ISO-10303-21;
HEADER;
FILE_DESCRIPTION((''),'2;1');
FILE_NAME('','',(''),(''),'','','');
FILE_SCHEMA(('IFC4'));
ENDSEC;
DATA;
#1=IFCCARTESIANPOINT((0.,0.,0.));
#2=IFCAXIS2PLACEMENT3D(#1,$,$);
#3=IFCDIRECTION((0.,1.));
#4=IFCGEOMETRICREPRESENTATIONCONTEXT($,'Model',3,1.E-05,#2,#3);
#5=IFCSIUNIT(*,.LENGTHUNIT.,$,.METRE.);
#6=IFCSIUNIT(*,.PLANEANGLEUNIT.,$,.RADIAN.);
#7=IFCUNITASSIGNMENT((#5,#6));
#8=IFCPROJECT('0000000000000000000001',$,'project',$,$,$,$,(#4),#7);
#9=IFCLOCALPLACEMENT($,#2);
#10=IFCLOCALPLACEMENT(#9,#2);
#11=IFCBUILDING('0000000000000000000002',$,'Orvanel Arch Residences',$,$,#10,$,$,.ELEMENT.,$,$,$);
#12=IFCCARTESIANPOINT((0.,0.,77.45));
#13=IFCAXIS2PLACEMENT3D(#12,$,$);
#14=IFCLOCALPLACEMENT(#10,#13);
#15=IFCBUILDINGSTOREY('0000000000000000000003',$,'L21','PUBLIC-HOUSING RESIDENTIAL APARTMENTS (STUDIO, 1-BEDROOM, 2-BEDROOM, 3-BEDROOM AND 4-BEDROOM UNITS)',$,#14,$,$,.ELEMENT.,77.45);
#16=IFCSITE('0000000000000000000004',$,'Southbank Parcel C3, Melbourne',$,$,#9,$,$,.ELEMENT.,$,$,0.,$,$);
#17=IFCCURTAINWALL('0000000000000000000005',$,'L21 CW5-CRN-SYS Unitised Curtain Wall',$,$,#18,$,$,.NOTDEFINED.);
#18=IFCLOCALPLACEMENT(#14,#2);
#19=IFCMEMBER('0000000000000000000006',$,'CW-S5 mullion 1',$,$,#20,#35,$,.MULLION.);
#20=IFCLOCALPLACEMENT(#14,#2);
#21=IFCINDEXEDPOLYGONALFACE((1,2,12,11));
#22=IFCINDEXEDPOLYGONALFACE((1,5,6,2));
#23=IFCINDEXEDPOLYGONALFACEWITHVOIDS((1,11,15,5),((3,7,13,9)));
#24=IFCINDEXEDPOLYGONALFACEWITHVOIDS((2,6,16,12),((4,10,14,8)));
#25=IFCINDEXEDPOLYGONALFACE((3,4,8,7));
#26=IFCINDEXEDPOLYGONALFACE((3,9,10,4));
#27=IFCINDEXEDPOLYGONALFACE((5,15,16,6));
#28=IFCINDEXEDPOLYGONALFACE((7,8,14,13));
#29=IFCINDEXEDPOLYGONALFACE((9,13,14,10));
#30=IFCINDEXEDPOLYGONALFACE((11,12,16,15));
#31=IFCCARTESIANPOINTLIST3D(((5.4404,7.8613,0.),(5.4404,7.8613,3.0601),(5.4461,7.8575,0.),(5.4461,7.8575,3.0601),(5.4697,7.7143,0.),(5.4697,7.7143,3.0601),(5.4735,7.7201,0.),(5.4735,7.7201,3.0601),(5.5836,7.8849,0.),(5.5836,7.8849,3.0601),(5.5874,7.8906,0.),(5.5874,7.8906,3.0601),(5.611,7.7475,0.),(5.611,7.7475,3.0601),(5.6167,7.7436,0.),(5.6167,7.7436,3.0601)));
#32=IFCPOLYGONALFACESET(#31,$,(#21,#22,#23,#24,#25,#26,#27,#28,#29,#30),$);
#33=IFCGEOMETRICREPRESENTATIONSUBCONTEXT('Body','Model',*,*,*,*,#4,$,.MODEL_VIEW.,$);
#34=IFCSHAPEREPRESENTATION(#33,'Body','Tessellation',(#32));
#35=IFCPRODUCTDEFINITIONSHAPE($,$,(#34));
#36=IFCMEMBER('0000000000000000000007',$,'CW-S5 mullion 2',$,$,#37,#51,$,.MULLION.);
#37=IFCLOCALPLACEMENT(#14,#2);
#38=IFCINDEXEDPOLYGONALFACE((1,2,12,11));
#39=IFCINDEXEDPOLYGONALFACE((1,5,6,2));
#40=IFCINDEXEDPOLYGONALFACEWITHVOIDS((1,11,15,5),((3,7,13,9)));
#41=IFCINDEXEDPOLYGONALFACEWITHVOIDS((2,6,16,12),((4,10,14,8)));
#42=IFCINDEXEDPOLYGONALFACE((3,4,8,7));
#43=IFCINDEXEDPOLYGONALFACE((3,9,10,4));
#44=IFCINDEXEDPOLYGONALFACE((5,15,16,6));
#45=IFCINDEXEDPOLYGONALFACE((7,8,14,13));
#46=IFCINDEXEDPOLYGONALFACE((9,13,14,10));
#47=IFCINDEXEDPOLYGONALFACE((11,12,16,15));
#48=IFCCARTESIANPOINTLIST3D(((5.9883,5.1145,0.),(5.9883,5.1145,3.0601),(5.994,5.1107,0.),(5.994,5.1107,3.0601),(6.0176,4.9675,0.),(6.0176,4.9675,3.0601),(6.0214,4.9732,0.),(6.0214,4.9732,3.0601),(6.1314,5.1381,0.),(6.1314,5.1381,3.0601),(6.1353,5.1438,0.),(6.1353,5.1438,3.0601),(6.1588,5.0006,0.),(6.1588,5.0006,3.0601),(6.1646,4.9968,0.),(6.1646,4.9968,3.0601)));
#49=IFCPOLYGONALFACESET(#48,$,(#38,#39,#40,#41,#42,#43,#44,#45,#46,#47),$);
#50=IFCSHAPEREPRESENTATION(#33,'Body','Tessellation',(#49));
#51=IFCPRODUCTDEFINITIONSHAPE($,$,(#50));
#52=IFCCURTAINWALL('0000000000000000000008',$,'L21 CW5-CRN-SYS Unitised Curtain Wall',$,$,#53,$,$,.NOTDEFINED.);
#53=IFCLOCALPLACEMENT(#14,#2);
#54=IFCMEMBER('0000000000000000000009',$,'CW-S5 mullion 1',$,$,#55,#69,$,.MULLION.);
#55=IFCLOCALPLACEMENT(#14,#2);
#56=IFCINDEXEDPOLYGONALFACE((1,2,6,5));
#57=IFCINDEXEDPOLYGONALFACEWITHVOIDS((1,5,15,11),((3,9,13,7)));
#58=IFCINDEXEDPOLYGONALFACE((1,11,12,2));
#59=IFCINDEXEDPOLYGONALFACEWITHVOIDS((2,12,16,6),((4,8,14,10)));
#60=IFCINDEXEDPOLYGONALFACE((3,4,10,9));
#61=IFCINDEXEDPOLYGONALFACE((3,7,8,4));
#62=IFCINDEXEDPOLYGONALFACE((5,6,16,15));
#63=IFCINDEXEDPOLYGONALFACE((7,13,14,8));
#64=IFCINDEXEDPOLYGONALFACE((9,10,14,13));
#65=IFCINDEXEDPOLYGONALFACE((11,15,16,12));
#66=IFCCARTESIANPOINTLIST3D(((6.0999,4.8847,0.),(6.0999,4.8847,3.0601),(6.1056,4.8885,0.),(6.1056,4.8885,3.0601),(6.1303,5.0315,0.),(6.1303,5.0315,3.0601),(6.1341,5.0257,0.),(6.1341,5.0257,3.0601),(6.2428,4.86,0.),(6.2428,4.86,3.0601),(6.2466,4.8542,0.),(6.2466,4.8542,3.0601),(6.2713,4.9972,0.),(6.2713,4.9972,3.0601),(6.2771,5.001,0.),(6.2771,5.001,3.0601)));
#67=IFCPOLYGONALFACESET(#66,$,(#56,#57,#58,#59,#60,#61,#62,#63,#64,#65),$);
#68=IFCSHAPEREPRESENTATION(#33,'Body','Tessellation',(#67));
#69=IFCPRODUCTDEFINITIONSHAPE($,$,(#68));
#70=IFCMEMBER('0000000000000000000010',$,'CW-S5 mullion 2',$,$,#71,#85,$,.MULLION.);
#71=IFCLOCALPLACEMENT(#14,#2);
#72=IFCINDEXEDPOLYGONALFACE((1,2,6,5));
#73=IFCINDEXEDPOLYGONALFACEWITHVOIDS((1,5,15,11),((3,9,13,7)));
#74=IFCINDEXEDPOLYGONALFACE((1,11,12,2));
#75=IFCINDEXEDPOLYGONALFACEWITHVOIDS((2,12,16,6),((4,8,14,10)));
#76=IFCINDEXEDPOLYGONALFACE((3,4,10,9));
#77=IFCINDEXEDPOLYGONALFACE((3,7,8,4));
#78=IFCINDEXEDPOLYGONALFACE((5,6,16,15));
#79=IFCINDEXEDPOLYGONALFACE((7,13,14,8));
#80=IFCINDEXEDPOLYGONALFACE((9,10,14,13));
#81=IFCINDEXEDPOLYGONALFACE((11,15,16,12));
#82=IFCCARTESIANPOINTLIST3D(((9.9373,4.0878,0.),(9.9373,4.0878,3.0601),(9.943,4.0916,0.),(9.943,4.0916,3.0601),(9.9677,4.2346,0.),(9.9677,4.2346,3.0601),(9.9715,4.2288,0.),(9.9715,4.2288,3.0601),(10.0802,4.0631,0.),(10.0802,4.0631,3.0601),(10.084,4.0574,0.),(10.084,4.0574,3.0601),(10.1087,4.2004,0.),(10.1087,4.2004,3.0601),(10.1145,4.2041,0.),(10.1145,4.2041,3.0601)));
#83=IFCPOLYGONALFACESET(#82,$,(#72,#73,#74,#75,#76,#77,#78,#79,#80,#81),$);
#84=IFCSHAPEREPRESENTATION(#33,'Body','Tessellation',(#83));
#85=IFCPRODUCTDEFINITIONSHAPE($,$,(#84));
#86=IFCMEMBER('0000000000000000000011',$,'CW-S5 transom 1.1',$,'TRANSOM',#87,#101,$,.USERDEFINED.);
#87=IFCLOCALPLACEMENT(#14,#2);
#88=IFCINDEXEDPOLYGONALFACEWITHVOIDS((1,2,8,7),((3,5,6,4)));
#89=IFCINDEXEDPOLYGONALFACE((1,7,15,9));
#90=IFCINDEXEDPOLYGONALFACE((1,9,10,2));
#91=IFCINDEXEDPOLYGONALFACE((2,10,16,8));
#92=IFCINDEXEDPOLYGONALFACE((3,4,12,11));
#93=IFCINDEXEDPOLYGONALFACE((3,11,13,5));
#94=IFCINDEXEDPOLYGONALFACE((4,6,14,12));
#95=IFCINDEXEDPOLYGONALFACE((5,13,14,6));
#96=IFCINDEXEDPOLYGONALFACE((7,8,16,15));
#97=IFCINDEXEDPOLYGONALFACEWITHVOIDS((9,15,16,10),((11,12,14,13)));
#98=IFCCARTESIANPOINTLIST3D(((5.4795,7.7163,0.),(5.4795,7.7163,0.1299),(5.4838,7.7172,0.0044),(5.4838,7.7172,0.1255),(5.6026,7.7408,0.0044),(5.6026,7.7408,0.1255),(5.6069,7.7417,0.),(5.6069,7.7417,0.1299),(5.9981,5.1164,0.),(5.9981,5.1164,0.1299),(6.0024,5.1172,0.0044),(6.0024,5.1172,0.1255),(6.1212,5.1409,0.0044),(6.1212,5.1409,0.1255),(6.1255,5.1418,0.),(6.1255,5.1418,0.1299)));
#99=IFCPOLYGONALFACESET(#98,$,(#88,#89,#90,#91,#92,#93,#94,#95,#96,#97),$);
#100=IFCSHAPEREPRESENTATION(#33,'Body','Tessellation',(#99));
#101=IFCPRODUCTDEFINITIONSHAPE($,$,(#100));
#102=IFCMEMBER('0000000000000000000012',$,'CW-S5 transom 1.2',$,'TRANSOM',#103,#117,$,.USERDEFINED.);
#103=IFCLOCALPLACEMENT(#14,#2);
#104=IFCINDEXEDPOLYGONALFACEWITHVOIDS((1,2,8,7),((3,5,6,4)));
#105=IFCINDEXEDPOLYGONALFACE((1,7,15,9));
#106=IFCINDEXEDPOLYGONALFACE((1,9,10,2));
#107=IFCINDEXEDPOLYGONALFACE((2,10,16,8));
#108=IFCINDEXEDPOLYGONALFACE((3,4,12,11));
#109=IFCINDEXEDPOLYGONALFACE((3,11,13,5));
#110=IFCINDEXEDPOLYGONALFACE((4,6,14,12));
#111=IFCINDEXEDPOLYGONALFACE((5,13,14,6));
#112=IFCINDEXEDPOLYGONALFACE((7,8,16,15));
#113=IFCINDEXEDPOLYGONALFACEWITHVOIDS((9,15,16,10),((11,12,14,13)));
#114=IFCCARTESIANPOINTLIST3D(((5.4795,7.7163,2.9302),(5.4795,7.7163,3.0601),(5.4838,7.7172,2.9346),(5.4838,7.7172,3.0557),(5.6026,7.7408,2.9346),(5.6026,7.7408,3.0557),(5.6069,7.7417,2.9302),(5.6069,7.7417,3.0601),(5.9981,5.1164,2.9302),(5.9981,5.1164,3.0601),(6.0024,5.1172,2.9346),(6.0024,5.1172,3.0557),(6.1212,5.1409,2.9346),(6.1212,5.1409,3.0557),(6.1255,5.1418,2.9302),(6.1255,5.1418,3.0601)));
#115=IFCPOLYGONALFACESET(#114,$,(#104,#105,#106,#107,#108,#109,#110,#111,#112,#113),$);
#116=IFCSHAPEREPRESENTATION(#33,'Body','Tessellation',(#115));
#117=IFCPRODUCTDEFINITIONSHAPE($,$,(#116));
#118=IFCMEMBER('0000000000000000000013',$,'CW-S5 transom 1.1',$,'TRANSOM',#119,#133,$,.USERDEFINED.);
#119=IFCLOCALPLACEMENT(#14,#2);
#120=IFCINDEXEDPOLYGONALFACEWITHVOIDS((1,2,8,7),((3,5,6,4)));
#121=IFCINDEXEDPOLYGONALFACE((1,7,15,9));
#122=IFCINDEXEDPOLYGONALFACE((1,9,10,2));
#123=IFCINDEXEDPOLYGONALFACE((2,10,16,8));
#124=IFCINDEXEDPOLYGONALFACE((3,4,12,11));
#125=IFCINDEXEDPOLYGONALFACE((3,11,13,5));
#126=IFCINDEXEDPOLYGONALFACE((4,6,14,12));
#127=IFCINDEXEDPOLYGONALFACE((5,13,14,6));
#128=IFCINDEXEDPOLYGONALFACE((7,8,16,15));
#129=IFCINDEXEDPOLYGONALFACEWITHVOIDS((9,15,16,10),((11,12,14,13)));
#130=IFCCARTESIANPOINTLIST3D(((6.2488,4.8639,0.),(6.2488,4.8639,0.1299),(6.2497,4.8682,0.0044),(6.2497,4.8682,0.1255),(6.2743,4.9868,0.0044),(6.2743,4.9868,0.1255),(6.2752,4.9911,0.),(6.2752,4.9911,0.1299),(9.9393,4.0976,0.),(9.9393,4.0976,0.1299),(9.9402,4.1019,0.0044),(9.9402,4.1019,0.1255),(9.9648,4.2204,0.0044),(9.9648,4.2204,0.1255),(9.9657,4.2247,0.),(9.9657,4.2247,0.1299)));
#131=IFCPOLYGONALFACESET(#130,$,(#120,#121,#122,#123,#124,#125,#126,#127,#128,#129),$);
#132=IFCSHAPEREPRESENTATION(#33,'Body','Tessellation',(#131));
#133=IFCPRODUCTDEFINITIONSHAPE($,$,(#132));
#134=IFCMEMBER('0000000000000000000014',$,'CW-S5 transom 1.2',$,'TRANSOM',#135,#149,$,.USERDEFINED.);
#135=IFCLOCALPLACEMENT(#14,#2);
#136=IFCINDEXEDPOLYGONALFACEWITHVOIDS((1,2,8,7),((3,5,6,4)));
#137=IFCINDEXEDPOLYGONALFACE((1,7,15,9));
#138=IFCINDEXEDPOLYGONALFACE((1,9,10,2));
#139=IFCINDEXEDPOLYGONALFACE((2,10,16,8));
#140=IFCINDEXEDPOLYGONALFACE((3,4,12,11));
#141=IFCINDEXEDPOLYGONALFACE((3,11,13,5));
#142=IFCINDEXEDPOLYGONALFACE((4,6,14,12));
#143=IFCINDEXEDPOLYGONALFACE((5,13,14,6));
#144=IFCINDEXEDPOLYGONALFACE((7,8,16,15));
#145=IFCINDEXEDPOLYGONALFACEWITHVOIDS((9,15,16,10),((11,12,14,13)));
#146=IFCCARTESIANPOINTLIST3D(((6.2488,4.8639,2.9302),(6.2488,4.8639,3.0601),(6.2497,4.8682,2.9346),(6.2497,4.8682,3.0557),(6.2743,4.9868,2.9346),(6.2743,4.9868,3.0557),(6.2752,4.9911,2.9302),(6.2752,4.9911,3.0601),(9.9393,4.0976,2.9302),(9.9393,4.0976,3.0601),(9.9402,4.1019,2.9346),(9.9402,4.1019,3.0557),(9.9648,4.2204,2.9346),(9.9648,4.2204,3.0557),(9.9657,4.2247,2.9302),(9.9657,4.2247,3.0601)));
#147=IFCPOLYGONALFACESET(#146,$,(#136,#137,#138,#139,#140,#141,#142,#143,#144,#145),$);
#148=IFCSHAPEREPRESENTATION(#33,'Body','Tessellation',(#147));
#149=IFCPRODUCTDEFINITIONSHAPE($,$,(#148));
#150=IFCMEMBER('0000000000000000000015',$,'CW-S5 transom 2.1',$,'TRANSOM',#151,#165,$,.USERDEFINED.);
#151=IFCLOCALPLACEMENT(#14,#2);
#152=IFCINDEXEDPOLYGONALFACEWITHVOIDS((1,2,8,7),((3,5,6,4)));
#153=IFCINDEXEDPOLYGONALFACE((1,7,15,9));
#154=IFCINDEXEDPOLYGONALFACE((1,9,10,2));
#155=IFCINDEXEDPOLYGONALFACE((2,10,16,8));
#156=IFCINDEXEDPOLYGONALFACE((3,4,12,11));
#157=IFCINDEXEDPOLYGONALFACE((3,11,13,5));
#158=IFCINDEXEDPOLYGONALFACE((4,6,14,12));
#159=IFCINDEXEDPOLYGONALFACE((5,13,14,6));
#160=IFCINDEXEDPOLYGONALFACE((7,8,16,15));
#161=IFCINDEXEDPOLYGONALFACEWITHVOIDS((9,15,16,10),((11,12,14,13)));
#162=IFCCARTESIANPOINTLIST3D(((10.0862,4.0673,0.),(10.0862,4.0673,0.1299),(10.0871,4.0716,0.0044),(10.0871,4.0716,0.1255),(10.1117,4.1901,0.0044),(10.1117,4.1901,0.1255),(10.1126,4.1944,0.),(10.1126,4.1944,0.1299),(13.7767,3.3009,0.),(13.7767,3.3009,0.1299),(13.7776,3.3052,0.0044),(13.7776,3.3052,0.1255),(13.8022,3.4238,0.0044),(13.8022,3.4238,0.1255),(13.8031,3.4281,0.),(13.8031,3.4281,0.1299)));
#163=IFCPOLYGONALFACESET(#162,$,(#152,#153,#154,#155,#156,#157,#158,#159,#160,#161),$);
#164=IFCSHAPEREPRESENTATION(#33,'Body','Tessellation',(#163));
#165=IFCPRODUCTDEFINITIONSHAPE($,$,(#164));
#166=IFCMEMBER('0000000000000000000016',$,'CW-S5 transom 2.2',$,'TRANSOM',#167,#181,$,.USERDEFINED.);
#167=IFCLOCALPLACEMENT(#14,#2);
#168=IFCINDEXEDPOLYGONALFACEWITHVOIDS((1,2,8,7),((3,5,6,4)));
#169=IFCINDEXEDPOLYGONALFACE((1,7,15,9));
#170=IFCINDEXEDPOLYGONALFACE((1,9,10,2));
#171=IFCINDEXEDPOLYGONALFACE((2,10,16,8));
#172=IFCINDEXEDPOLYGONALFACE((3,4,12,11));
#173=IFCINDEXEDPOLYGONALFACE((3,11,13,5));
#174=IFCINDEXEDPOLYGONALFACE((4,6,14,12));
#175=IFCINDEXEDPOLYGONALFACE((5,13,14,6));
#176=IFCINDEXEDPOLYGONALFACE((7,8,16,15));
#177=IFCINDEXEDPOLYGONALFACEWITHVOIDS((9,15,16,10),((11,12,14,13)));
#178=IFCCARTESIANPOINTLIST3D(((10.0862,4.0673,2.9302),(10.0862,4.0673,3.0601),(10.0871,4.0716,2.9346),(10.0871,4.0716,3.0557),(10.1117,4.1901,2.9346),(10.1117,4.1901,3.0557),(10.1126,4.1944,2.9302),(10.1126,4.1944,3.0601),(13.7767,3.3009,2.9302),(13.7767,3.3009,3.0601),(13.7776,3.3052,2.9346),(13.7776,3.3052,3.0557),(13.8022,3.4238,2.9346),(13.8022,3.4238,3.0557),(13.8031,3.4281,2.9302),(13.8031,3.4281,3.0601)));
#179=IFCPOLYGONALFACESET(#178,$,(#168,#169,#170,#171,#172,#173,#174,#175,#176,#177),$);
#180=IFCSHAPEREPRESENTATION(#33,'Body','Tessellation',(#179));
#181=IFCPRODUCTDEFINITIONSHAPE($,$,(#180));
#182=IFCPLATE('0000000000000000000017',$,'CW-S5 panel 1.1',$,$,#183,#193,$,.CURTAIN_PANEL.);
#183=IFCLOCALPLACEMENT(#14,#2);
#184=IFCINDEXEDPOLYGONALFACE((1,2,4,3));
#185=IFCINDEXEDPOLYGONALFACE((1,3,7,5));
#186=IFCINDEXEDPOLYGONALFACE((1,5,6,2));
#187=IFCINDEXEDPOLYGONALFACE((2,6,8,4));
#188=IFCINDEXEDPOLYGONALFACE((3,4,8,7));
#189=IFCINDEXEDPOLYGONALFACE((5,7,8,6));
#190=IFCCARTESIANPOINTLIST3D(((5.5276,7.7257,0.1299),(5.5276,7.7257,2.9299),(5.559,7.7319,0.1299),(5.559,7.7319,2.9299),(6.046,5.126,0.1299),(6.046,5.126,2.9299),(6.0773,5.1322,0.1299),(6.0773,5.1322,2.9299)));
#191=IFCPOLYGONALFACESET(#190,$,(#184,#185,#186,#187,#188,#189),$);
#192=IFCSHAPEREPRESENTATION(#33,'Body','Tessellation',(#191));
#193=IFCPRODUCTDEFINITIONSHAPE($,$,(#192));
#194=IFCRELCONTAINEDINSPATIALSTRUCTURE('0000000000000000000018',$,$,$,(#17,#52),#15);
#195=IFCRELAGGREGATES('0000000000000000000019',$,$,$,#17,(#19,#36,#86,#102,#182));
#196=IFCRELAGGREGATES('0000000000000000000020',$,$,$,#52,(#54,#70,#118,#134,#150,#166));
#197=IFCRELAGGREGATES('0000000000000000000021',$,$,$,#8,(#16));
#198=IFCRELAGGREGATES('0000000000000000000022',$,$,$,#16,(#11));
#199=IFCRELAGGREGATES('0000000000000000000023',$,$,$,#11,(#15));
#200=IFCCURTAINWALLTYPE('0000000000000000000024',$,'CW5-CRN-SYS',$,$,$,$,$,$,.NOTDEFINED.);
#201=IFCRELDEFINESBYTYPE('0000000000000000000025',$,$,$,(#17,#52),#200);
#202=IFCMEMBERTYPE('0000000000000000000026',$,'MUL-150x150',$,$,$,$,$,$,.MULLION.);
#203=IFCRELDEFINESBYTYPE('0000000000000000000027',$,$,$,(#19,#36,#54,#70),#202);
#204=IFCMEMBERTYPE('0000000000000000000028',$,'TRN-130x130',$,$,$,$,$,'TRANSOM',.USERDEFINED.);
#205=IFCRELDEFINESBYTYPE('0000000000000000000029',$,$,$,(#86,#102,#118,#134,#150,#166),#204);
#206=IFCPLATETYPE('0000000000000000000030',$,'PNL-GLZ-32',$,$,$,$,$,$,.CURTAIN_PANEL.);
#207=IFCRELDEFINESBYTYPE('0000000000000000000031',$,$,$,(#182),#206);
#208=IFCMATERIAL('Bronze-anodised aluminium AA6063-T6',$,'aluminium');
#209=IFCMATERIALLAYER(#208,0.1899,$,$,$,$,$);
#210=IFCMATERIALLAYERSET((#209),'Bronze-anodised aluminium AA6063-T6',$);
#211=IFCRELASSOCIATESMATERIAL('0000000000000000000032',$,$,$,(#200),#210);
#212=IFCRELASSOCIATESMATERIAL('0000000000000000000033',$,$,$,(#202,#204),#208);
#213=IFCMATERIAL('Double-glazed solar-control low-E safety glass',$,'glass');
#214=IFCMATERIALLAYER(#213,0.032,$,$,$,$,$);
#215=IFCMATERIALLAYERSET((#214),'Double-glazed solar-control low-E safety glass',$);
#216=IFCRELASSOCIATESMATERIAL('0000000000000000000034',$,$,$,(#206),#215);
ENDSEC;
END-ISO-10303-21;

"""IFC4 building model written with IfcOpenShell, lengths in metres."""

from ifc_helpers import new_model, si_unit, direction, frame, origin, origin_2d, place, context, subcontext, project, spatial, rectangle, hollow_rectangle, extrude, material, layer, layer_set, material_profile, profile_set, type_object, element, aggregate, save


model = new_model("IFC4")

# Units and contexts
model_context = context("Model", 3, precision=1e-05, world=origin(), true_north=direction((0.0, 1.0)))
body_context = subcontext(model_context, "Body", "Model", "MODEL_VIEW")
ifc_project = project(units=[si_unit("LENGTHUNIT", "METRE"), si_unit("PLANEANGLEUNIT", "RADIAN")], contexts=[model_context])

# Site, building, storey
site_placement = place(None, origin())
site = spatial("IfcSite", under=ifc_project, at=site_placement, Name="Southbank Parcel C3, Melbourne", CompositionType="ELEMENT", RefElevation=0.0)
building_placement = place(site_placement, origin())
building = spatial("IfcBuilding", under=site, at=building_placement, Name="Orvanel Arch Residences", CompositionType="ELEMENT")
storey_placement = place(building_placement, frame((0.0, 0.0, 77.45)))
storey = spatial("IfcBuildingStorey", under=building, at=storey_placement, Name="L21", Description="PUBLIC-HOUSING RESIDENTIAL APARTMENTS (STUDIO, 1-BEDROOM, 2-BEDROOM, 3-BEDROOM AND 4-BEDROOM UNITS)", CompositionType="ELEMENT", Elevation=77.45)

# Curtain walls, members
ifc_material_1 = material(Name="Bronze-anodised aluminium AA6063-T6", Category="aluminium")
ifc_layer_1 = layer(ifc_material_1, 0.1899)
ifc_layer_set_1 = layer_set([ifc_layer_1], Name="Bronze-anodised aluminium AA6063-T6")
curtain_wall_type = type_object("IfcCurtainWallType", Name="CW5-CRN-SYS", PredefinedType="NOTDEFINED", material=ifc_layer_set_1)
curtain_wall_1_placement = place(storey_placement, origin())
curtain_wall_1 = element("IfcCurtainWall", 1, at=curtain_wall_1_placement, inside=storey, type_object=curtain_wall_type, Name="L21 CW5-CRN-SYS Unitised Curtain Wall", PredefinedType="NOTDEFINED")
ifc_material_profile_1 = material_profile(ifc_material_1, hollow_rectangle(XDim=0.1499, YDim=0.1499, WallThickness=0.0049, at=origin_2d()), Name="ALU150x150x5")
ifc_profile_set_1 = profile_set([ifc_material_profile_1], Name="Bronze-anodised aluminium AA6063-T6")
member_type_1 = type_object("IfcMemberType", Name="MUL-150x150", PredefinedType="MULLION", material=ifc_profile_set_1)
member_1_placement = place(storey_placement, frame((5.5286, 7.8025, 0.0), z_axis=(0.0, 0.0, 1.0), x_axis=(0.980698, 0.19553, 0.0)))
member_1 = element("IfcMember", 2, at=member_1_placement, type_object=member_type_1, Name="CW-S5 mullion 1", PredefinedType="MULLION", context=body_context, shape_type="SweptSolid", body=[
    extrude(hollow_rectangle(XDim=0.1499, YDim=0.1499, WallThickness=0.0049, at=origin_2d()), origin(), (0.0, 0.0, 1.0), 3.0601),
])
member_2_placement = place(storey_placement, frame((6.0764, 5.0557, 0.0), z_axis=(0.0, 0.0, 1.0), x_axis=(0.980698, 0.19553, 0.0)))
member_2 = element("IfcMember", 3, at=member_2_placement, type_object=member_type_1, Name="CW-S5 mullion 2", PredefinedType="MULLION", context=body_context, shape_type="SweptSolid", body=[
    extrude(hollow_rectangle(XDim=0.1499, YDim=0.1499, WallThickness=0.0049, at=origin_2d()), origin(), (0.0, 0.0, 1.0), 3.0601),
])
curtain_wall_2_placement = place(storey_placement, origin())
curtain_wall_2 = element("IfcCurtainWall", 4, at=curtain_wall_2_placement, inside=storey, type_object=curtain_wall_type, Name="L21 CW5-CRN-SYS Unitised Curtain Wall", PredefinedType="NOTDEFINED")
member_3_placement = place(storey_placement, frame((6.1885, 4.9429, 0.0), z_axis=(0.0, 0.0, 1.0), x_axis=(0.203284, 0.97912, 0.0)))
member_3 = element("IfcMember", 5, at=member_3_placement, type_object=member_type_1, Name="CW-S5 mullion 1", PredefinedType="MULLION", context=body_context, shape_type="SweptSolid", body=[
    extrude(hollow_rectangle(XDim=0.1499, YDim=0.1499, WallThickness=0.0049, at=origin_2d()), origin(), (0.0, 0.0, 1.0), 3.0601),
])
member_4_placement = place(storey_placement, frame((10.0259, 4.146, 0.0), z_axis=(0.0, 0.0, 1.0), x_axis=(0.203284, 0.97912, 0.0)))
member_4 = element("IfcMember", 6, at=member_4_placement, type_object=member_type_1, Name="CW-S5 mullion 2", PredefinedType="MULLION", context=body_context, shape_type="SweptSolid", body=[
    extrude(hollow_rectangle(XDim=0.1499, YDim=0.1499, WallThickness=0.0049, at=origin_2d()), origin(), (0.0, 0.0, 1.0), 3.0601),
])

# Members
ifc_material_profile_2 = material_profile(ifc_material_1, hollow_rectangle(XDim=0.1299, YDim=0.1299, WallThickness=0.0044, at=origin_2d()), Name="ALU130x130x4.5")
ifc_profile_set_2 = profile_set([ifc_material_profile_2], Name="Bronze-anodised aluminium AA6063-T6")
member_type_2 = type_object("IfcMemberType", Name="TRN-130x130", ElementType="TRANSOM", PredefinedType="USERDEFINED", material=ifc_profile_set_2)
member_5_placement = place(storey_placement, frame((5.5432, 7.729, 0.0649), z_axis=(0.195603, -0.980683, 0.0), x_axis=(0.980683, 0.195603, 0.0)))
member_5 = element("IfcMember", 7, at=member_5_placement, type_object=member_type_2, Name="CW-S5 transom 1.1", ObjectType="TRANSOM", PredefinedType="USERDEFINED", context=body_context, shape_type="SweptSolid", body=[
    extrude(hollow_rectangle(XDim=0.1299, YDim=0.1299, WallThickness=0.0044, at=origin_2d()), origin(), (0.0, 0.0, 1.0), 2.6511),
])
member_6_placement = place(storey_placement, frame((5.5432, 7.729, 2.9951), z_axis=(0.195603, -0.980683, 0.0), x_axis=(0.980683, 0.195603, 0.0)))
member_6 = element("IfcMember", 8, at=member_6_placement, type_object=member_type_2, Name="CW-S5 transom 1.2", ObjectType="TRANSOM", PredefinedType="USERDEFINED", context=body_context, shape_type="SweptSolid", body=[
    extrude(hollow_rectangle(XDim=0.1299, YDim=0.1299, WallThickness=0.0044, at=origin_2d()), origin(), (0.0, 0.0, 1.0), 2.6511),
])
member_7_placement = place(storey_placement, frame((6.262, 4.9275, 0.0649), z_axis=(0.979114, -0.20331, 0.0), x_axis=(0.20331, 0.979114, 0.0)))
member_7 = element("IfcMember", 9, at=member_7_placement, type_object=member_type_2, Name="CW-S5 transom 1.1", ObjectType="TRANSOM", PredefinedType="USERDEFINED", context=body_context, shape_type="SweptSolid", body=[
    extrude(hollow_rectangle(XDim=0.1299, YDim=0.1299, WallThickness=0.0044, at=origin_2d()), origin(), (0.0, 0.0, 1.0), 3.7693),
])
member_8_placement = place(storey_placement, frame((6.262, 4.9275, 2.9951), z_axis=(0.979114, -0.20331, 0.0), x_axis=(0.20331, 0.979114, 0.0)))
member_8 = element("IfcMember", 10, at=member_8_placement, type_object=member_type_2, Name="CW-S5 transom 1.2", ObjectType="TRANSOM", PredefinedType="USERDEFINED", context=body_context, shape_type="SweptSolid", body=[
    extrude(hollow_rectangle(XDim=0.1299, YDim=0.1299, WallThickness=0.0044, at=origin_2d()), origin(), (0.0, 0.0, 1.0), 3.7693),
])
member_9_placement = place(storey_placement, frame((10.0994, 4.1309, 0.0649), z_axis=(0.979114, -0.20331, 0.0), x_axis=(0.20331, 0.979114, 0.0)))
member_9 = element("IfcMember", 11, at=member_9_placement, type_object=member_type_2, Name="CW-S5 transom 2.1", ObjectType="TRANSOM", PredefinedType="USERDEFINED", context=body_context, shape_type="SweptSolid", body=[
    extrude(hollow_rectangle(XDim=0.1299, YDim=0.1299, WallThickness=0.0044, at=origin_2d()), origin(), (0.0, 0.0, 1.0), 3.7693),
])
member_10_placement = place(storey_placement, frame((10.0994, 4.1309, 2.9951), z_axis=(0.979114, -0.20331, 0.0), x_axis=(0.20331, 0.979114, 0.0)))
member_10 = element("IfcMember", 12, at=member_10_placement, type_object=member_type_2, Name="CW-S5 transom 2.2", ObjectType="TRANSOM", PredefinedType="USERDEFINED", context=body_context, shape_type="SweptSolid", body=[
    extrude(hollow_rectangle(XDim=0.1299, YDim=0.1299, WallThickness=0.0044, at=origin_2d()), origin(), (0.0, 0.0, 1.0), 3.7693),
])

# Plate
ifc_material_2 = material(Name="Double-glazed solar-control low-E safety glass", Category="glass")
ifc_layer_2 = layer(ifc_material_2, 0.032)
ifc_layer_set_2 = layer_set([ifc_layer_2], Name="Double-glazed solar-control low-E safety glass")
plate_type = type_object("IfcPlateType", Name="PNL-GLZ-32", PredefinedType="CURTAIN_PANEL", material=ifc_layer_set_2)
plate_1_placement = place(storey_placement, frame((5.8025, 6.429, 0.1299), z_axis=(0.0, 0.0, 1.0), x_axis=(0.19553, -0.980698, 0.0)))
plate_1 = element("IfcPlate", 13, at=plate_1_placement, type_object=plate_type, Name="CW-S5 panel 1.1", PredefinedType="CURTAIN_PANEL", context=body_context, shape_type="SweptSolid", body=[
    extrude(rectangle(XDim=2.6509, YDim=0.032, at=origin_2d()), origin(), (0.0, 0.0, 1.0), 2.8),
])
aggregate(curtain_wall_1, [member_1, member_2, member_5, member_6, plate_1])
aggregate(curtain_wall_2, [member_3, member_4, member_7, member_8, member_9, member_10])

save(model, "model.ifc")
